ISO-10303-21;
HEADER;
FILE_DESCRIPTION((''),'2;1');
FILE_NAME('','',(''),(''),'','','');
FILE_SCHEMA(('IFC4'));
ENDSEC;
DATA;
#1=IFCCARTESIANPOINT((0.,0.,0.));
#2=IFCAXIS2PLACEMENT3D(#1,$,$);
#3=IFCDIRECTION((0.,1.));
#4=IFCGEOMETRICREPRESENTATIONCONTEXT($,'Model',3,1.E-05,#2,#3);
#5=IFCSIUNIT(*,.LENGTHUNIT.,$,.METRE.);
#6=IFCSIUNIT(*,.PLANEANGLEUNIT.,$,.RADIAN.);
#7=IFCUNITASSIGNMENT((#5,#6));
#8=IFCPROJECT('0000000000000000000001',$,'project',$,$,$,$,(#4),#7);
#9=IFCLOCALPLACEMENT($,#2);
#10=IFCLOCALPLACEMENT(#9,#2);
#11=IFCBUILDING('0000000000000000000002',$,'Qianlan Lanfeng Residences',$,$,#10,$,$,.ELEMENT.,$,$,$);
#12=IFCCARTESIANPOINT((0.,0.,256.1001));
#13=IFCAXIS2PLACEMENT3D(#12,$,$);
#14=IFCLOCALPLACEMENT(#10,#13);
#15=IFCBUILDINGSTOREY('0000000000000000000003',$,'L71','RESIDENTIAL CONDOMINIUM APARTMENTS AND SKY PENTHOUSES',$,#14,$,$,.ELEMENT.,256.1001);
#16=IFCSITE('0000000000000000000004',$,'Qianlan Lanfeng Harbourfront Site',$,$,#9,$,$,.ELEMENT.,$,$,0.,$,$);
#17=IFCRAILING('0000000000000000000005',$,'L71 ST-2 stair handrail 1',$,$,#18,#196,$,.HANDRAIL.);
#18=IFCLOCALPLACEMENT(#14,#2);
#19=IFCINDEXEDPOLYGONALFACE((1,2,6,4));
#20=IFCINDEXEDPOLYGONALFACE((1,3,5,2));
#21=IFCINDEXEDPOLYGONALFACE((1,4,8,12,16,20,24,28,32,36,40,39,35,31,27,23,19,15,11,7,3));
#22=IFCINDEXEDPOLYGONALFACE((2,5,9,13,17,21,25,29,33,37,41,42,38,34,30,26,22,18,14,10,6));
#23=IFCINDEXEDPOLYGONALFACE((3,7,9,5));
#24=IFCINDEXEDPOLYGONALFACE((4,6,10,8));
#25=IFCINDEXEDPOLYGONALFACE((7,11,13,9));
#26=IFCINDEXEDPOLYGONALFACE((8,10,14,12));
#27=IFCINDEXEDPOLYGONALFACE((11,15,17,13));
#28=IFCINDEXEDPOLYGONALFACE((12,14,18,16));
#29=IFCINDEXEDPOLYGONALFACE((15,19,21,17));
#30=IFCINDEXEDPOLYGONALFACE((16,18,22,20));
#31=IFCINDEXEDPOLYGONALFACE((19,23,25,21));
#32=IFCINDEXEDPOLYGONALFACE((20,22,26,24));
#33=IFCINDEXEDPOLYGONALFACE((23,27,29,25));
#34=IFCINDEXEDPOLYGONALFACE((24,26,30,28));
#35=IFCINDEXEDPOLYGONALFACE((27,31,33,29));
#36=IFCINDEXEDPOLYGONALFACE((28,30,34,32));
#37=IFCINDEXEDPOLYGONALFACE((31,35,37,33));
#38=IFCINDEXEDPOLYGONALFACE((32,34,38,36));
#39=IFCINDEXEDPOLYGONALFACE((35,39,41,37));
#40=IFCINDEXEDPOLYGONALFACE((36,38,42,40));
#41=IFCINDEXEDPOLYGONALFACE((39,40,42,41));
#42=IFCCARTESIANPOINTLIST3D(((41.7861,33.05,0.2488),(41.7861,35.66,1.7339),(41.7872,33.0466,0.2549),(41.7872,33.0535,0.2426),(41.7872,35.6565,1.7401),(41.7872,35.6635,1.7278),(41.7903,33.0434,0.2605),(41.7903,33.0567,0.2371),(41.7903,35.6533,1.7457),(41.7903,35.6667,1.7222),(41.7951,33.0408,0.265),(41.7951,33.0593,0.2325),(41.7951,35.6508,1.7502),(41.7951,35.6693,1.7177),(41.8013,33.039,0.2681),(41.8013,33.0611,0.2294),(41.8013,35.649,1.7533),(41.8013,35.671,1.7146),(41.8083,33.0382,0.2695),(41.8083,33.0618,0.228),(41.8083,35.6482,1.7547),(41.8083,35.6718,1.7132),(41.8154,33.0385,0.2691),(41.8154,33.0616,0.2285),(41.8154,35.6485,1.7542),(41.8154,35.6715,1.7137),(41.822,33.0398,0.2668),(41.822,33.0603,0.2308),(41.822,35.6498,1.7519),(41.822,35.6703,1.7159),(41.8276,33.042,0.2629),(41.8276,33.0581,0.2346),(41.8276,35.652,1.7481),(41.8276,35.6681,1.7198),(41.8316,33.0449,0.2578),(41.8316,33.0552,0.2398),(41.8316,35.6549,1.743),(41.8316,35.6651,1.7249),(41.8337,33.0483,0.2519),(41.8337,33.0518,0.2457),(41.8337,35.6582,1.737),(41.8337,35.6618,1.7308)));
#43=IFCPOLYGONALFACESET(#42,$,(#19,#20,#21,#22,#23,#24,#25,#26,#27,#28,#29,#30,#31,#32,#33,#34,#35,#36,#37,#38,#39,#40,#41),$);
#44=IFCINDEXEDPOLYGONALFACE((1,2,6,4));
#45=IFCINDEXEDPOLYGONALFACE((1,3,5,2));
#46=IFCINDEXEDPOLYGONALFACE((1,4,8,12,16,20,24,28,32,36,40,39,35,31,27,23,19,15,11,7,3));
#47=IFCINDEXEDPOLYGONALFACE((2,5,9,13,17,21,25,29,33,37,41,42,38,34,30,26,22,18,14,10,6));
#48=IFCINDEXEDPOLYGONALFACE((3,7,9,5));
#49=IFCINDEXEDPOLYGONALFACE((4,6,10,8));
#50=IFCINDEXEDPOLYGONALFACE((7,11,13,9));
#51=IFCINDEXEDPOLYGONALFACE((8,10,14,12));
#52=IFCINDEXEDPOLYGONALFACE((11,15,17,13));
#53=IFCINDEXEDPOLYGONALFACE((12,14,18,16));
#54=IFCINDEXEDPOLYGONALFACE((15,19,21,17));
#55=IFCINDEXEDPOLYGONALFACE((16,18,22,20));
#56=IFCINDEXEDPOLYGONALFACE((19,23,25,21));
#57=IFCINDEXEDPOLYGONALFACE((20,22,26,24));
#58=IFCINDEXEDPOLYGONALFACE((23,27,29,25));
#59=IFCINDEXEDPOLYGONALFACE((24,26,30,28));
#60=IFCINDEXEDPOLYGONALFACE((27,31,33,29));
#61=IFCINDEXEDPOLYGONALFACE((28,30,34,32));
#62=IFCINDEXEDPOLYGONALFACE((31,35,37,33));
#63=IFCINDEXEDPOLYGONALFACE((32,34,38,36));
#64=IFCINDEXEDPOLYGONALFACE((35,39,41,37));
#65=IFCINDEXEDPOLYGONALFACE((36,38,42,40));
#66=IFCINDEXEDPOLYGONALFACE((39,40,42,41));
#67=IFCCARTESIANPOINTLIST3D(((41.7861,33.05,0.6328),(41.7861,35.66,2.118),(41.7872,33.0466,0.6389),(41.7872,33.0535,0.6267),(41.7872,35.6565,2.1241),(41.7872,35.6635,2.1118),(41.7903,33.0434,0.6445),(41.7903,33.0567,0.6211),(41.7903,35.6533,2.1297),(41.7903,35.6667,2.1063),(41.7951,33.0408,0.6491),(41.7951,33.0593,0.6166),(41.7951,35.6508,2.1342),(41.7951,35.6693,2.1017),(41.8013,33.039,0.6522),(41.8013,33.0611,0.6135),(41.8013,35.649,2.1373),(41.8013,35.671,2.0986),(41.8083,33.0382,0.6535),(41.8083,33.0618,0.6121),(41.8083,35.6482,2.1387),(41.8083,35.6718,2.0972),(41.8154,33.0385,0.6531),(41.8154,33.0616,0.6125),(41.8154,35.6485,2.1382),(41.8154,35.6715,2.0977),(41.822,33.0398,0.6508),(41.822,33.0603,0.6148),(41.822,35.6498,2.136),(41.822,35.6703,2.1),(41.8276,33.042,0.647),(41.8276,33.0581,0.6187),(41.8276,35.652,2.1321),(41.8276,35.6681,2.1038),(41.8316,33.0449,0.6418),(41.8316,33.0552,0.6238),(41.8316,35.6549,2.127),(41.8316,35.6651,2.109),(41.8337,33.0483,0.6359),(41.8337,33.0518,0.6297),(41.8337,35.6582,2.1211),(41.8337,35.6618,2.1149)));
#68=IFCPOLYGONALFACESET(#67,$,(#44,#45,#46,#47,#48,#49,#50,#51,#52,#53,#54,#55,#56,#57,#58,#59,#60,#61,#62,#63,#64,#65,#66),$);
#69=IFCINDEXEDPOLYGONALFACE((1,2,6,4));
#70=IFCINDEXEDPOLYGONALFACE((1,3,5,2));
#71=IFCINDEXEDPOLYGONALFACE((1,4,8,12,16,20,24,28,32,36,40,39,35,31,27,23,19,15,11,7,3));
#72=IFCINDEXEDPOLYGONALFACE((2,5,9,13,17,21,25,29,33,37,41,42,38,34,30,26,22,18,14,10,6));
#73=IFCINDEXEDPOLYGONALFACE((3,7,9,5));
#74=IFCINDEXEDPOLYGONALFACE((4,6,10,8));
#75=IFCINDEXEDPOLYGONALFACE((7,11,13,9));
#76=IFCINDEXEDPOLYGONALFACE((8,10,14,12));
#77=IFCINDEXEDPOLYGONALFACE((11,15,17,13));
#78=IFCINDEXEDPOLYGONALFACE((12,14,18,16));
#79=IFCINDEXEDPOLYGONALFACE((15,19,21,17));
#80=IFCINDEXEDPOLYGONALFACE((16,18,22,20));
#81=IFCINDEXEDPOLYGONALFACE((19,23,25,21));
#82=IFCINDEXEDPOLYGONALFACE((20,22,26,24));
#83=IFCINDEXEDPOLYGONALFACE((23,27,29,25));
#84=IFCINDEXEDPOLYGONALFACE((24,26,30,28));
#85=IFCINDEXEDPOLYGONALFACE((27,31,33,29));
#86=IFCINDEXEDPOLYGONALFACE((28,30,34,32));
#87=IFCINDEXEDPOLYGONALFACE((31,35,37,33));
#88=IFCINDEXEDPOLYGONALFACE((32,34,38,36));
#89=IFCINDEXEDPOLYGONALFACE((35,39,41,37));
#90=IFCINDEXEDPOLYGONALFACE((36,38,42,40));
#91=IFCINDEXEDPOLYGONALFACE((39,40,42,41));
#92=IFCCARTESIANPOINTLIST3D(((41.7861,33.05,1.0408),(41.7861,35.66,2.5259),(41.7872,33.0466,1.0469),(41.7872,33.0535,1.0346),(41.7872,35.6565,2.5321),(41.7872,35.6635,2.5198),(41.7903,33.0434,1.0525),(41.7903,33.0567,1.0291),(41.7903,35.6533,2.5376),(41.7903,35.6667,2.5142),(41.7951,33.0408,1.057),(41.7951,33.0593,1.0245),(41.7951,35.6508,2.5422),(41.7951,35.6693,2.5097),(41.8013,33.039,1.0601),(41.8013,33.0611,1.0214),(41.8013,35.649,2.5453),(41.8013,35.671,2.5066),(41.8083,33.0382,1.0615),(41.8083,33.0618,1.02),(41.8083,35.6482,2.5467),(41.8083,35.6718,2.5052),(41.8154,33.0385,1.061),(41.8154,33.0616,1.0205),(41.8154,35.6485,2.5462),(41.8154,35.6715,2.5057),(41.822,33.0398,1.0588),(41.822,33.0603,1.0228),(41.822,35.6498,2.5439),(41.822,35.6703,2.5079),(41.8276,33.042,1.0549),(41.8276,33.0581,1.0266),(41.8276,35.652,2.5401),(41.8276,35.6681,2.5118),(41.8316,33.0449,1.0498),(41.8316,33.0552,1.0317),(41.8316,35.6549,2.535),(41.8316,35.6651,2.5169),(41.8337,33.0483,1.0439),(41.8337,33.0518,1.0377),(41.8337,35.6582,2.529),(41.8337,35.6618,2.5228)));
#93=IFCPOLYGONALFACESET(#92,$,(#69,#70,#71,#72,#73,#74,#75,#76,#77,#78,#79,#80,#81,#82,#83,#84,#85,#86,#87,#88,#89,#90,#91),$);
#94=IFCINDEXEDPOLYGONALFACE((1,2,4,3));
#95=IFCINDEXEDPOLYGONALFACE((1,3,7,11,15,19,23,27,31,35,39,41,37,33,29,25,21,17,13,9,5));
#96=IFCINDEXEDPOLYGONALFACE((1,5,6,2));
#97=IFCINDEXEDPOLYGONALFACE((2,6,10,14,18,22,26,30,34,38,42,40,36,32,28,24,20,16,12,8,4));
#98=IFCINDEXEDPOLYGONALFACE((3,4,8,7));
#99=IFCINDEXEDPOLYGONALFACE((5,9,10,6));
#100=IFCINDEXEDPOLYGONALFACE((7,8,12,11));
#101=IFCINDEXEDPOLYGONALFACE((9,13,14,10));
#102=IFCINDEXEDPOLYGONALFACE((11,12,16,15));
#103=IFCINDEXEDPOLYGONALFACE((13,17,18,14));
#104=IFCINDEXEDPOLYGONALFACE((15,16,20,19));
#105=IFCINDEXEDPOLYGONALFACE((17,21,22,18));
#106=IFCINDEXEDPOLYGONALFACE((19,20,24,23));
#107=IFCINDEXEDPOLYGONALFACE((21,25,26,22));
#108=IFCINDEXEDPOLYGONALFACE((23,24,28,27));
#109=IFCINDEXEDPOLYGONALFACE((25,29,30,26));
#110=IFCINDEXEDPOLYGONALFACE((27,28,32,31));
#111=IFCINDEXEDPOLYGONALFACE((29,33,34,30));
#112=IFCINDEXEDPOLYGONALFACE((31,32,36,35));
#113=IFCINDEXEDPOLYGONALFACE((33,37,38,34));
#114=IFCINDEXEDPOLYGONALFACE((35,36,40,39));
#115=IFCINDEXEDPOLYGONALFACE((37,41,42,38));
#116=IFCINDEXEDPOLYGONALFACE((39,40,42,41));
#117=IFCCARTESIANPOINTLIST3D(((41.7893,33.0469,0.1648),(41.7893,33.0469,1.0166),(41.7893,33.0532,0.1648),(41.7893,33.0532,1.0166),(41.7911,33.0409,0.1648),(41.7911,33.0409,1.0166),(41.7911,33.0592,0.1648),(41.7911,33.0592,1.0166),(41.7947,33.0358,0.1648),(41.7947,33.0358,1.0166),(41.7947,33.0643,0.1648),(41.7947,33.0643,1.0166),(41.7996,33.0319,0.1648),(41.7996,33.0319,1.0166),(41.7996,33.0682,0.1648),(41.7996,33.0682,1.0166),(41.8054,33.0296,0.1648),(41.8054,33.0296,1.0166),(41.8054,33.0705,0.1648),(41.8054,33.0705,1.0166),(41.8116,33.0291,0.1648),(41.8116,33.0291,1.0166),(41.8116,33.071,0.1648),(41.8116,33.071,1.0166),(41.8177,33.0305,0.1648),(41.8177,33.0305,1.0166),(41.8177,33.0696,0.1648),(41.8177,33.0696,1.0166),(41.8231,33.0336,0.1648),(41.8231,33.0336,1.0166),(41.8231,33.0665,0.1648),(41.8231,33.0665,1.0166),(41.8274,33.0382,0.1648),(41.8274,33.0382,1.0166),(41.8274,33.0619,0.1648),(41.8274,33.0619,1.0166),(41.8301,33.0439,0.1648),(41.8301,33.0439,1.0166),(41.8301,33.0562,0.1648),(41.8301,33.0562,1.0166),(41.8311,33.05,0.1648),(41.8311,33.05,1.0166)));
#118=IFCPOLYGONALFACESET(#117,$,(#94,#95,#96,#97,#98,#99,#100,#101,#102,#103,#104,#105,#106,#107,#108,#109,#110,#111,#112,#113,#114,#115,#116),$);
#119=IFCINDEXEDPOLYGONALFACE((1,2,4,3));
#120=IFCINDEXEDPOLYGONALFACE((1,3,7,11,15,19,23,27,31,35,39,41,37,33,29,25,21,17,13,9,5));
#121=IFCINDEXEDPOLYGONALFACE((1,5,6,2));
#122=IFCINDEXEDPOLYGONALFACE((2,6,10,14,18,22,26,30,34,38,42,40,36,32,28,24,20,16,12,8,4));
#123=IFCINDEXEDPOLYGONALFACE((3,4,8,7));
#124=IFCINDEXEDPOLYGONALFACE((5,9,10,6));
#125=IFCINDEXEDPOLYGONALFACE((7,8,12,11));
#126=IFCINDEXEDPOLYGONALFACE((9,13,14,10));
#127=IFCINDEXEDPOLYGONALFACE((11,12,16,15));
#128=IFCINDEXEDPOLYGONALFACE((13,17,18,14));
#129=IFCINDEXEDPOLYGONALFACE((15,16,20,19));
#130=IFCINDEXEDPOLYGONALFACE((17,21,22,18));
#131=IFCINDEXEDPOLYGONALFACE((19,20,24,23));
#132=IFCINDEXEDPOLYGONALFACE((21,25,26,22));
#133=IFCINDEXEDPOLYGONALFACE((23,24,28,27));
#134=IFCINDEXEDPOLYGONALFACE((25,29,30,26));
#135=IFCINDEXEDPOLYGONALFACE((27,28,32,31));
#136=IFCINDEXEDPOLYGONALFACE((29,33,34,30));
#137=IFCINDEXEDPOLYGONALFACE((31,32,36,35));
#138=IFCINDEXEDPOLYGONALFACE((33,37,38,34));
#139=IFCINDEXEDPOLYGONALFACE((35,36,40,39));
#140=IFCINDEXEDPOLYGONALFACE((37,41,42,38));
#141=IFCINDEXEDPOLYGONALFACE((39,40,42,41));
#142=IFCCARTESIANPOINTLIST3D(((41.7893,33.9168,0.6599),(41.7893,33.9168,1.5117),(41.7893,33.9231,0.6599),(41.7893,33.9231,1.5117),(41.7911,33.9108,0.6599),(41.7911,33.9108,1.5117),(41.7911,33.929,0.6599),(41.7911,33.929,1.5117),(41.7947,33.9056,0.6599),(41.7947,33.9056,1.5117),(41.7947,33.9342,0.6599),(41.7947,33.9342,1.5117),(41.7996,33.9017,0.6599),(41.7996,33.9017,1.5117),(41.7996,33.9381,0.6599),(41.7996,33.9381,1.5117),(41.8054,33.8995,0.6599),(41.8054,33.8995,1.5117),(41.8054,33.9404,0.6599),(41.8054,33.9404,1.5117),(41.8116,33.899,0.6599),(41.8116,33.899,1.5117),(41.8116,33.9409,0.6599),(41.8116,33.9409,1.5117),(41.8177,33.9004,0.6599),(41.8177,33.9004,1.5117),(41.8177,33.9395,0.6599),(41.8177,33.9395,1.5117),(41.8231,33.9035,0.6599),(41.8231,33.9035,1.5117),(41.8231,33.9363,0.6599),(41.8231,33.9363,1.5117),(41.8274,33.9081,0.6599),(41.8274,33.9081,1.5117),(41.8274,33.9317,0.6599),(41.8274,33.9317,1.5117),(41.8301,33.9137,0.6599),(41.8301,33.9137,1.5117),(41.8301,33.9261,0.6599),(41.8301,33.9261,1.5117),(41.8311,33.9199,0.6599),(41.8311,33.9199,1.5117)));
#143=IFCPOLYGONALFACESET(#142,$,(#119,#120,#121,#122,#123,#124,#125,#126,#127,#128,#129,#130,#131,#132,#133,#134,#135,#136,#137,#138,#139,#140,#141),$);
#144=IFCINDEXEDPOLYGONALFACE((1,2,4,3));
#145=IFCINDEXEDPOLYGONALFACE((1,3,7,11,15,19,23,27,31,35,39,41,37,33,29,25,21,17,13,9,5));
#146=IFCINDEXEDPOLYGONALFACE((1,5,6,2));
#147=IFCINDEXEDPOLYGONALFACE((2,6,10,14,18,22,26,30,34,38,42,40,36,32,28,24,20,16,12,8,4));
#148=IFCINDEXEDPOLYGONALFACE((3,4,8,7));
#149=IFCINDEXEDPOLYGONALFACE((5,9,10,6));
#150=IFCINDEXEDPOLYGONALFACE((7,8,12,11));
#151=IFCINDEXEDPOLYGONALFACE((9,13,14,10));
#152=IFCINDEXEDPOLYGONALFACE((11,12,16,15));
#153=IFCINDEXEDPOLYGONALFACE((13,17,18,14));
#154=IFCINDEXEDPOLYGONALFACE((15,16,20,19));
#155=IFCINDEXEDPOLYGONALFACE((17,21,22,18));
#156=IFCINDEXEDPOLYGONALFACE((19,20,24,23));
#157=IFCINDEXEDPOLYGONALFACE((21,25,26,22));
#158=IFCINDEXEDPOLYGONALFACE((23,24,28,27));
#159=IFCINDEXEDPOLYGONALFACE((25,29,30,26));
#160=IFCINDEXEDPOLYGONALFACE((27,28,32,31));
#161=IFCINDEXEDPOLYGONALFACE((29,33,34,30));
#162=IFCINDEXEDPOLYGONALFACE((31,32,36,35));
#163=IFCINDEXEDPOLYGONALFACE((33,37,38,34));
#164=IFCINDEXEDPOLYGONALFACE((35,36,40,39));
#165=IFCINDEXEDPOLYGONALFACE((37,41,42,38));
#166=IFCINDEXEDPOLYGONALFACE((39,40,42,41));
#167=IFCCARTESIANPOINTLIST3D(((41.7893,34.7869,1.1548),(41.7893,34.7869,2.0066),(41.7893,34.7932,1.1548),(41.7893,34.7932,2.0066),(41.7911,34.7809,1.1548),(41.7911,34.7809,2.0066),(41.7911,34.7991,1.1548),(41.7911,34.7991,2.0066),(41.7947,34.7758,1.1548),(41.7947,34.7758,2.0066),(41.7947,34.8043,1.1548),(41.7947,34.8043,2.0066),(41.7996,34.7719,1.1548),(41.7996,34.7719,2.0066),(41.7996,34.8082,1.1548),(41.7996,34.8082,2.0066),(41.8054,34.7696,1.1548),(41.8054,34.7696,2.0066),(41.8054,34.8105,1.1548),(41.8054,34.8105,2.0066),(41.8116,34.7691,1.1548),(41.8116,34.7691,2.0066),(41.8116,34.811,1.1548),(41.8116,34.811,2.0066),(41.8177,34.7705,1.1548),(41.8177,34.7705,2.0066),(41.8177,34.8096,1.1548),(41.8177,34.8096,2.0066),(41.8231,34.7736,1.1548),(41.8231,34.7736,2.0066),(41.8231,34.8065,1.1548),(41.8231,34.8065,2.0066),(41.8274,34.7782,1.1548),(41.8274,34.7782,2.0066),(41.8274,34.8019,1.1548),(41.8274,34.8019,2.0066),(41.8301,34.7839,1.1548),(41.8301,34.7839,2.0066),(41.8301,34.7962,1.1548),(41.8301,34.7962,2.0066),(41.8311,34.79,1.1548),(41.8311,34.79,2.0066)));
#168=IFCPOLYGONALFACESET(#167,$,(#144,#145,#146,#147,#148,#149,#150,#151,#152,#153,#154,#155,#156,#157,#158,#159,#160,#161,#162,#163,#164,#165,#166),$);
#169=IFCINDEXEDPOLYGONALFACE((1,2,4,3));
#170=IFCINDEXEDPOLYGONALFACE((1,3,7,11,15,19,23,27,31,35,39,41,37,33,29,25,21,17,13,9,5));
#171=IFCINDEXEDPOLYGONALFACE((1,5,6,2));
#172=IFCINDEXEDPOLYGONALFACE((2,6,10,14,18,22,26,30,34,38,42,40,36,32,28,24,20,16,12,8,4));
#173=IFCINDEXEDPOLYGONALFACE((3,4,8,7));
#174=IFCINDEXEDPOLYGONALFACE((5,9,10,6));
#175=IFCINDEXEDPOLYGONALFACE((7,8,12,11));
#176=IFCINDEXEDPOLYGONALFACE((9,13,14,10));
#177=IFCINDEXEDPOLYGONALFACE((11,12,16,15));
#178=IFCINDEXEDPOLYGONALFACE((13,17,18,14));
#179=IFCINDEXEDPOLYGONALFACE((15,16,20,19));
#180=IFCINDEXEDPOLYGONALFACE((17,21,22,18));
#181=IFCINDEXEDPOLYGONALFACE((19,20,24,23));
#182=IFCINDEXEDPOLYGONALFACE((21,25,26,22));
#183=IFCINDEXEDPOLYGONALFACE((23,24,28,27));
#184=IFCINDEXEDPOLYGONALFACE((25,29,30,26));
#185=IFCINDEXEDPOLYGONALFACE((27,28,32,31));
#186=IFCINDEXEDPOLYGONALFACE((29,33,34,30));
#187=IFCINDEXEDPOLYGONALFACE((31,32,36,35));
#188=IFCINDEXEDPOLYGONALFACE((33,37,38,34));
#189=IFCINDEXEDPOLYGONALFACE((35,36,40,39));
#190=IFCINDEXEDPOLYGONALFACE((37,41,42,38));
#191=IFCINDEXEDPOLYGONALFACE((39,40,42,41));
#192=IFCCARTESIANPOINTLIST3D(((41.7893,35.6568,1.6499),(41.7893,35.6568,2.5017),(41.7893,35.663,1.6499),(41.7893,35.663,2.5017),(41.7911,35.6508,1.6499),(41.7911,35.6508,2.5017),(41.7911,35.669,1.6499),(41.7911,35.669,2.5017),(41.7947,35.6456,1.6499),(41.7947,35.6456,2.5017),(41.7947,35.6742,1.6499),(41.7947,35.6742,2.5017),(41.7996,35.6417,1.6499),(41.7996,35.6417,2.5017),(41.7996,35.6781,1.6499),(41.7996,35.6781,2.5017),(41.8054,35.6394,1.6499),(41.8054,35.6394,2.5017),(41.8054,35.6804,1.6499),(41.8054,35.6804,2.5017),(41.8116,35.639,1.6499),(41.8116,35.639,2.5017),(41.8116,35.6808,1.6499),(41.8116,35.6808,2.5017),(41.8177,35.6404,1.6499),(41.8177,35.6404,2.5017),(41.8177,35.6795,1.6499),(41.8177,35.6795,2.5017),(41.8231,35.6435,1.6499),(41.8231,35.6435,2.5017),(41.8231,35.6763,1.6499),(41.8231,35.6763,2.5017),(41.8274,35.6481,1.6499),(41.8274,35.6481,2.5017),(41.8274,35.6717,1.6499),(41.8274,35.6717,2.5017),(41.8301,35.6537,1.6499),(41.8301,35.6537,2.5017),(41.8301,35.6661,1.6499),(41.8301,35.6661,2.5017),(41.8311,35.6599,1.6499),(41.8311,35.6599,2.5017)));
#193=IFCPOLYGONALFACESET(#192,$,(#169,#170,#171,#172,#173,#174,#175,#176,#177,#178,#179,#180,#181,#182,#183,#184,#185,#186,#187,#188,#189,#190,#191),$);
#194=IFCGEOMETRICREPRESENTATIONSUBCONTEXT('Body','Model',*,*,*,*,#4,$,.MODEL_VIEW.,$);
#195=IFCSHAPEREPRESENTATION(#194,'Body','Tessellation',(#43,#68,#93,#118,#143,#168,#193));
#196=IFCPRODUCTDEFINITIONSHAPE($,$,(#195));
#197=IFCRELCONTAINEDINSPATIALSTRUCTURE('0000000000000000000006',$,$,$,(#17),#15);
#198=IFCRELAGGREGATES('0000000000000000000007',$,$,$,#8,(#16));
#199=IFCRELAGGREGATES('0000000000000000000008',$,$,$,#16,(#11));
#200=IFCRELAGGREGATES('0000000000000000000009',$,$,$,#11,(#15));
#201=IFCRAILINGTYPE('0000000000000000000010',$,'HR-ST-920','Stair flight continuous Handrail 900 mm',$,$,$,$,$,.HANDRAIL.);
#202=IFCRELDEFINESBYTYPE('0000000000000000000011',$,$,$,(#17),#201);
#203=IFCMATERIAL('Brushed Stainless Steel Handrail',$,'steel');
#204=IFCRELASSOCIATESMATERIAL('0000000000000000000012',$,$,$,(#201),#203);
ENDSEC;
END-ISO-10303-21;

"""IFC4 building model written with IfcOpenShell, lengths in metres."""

from ifc_helpers import new_model, si_unit, direction, frame, origin, origin_2d, place, context, subcontext, project, spatial, circle, extrude, material, type_object, element, save


model = new_model("IFC4")

# Units and contexts
model_context = context("Model", 3, precision=1e-05, world=origin(), true_north=direction((0.0, 1.0)))
body_context = subcontext(model_context, "Body", "Model", "MODEL_VIEW")
ifc_project = project(units=[si_unit("LENGTHUNIT", "METRE"), si_unit("PLANEANGLEUNIT", "RADIAN")], contexts=[model_context])

# Site, building, storey
site_placement = place(None, origin())
site = spatial("IfcSite", under=ifc_project, at=site_placement, Name="Qianlan Lanfeng Harbourfront Site", CompositionType="ELEMENT", RefElevation=0.0)
building_placement = place(site_placement, origin())
building = spatial("IfcBuilding", under=site, at=building_placement, Name="Qianlan Lanfeng Residences", CompositionType="ELEMENT")
storey_placement = place(building_placement, frame((0.0, 0.0, 256.1001)))
storey = spatial("IfcBuildingStorey", under=building, at=storey_placement, Name="L71", Description="RESIDENTIAL CONDOMINIUM APARTMENTS AND SKY PENTHOUSES", CompositionType="ELEMENT", Elevation=256.1001)

# Railing
ifc_material_1 = material(Name="Brushed Stainless Steel Handrail", Category="steel")
railing_type_1 = type_object("IfcRailingType", Name="HR-ST-920", Description="Stair flight continuous Handrail 900 mm", PredefinedType="HANDRAIL", material=ifc_material_1)
railing_1_placement = place(storey_placement, frame((41.8101, 33.05, 0.1648)))
element("IfcRailing", 1, at=railing_1_placement, inside=storey, type_object=railing_type_1, Name="L71 ST-2 stair handrail 1", PredefinedType="HANDRAIL", context=body_context, shape_type="SweptSolid", body=[
    extrude(circle(Radius=0.0239, at=origin_2d()), frame((0.0, 0.0, 0.084), z_axis=(0.0, 0.869137, 0.494571), x_axis=(-1.0, 0.0, 0.0)), (0.0, 0.0, 1.0), 3.0029),
    extrude(circle(Radius=0.0239, at=origin_2d()), frame((0.0, 0.0, 0.468), z_axis=(0.0, 0.869137, 0.494571), x_axis=(-1.0, 0.0, 0.0)), (0.0, 0.0, 1.0), 3.0029),
    extrude(circle(Radius=0.0239, at=origin_2d()), frame((0.0, 0.0, 0.876), z_axis=(0.0, 0.869137, 0.494571), x_axis=(-1.0, 0.0, 0.0)), (0.0, 0.0, 1.0), 3.0029),
    extrude(circle(Radius=0.021, at=origin_2d()), origin(), (0.0, 0.0, 1.0), 0.8518),
    extrude(circle(Radius=0.021, at=origin_2d()), frame((0.0, 0.8699, 0.4951)), (0.0, 0.0, 1.0), 0.8518),
    extrude(circle(Radius=0.021, at=origin_2d()), frame((0.0, 1.74, 0.99)), (0.0, 0.0, 1.0), 0.8518),
    extrude(circle(Radius=0.021, at=origin_2d()), frame((0.0, 2.6099, 1.4851)), (0.0, 0.0, 1.0), 0.8518),
])

save(model, "model.ifc")
